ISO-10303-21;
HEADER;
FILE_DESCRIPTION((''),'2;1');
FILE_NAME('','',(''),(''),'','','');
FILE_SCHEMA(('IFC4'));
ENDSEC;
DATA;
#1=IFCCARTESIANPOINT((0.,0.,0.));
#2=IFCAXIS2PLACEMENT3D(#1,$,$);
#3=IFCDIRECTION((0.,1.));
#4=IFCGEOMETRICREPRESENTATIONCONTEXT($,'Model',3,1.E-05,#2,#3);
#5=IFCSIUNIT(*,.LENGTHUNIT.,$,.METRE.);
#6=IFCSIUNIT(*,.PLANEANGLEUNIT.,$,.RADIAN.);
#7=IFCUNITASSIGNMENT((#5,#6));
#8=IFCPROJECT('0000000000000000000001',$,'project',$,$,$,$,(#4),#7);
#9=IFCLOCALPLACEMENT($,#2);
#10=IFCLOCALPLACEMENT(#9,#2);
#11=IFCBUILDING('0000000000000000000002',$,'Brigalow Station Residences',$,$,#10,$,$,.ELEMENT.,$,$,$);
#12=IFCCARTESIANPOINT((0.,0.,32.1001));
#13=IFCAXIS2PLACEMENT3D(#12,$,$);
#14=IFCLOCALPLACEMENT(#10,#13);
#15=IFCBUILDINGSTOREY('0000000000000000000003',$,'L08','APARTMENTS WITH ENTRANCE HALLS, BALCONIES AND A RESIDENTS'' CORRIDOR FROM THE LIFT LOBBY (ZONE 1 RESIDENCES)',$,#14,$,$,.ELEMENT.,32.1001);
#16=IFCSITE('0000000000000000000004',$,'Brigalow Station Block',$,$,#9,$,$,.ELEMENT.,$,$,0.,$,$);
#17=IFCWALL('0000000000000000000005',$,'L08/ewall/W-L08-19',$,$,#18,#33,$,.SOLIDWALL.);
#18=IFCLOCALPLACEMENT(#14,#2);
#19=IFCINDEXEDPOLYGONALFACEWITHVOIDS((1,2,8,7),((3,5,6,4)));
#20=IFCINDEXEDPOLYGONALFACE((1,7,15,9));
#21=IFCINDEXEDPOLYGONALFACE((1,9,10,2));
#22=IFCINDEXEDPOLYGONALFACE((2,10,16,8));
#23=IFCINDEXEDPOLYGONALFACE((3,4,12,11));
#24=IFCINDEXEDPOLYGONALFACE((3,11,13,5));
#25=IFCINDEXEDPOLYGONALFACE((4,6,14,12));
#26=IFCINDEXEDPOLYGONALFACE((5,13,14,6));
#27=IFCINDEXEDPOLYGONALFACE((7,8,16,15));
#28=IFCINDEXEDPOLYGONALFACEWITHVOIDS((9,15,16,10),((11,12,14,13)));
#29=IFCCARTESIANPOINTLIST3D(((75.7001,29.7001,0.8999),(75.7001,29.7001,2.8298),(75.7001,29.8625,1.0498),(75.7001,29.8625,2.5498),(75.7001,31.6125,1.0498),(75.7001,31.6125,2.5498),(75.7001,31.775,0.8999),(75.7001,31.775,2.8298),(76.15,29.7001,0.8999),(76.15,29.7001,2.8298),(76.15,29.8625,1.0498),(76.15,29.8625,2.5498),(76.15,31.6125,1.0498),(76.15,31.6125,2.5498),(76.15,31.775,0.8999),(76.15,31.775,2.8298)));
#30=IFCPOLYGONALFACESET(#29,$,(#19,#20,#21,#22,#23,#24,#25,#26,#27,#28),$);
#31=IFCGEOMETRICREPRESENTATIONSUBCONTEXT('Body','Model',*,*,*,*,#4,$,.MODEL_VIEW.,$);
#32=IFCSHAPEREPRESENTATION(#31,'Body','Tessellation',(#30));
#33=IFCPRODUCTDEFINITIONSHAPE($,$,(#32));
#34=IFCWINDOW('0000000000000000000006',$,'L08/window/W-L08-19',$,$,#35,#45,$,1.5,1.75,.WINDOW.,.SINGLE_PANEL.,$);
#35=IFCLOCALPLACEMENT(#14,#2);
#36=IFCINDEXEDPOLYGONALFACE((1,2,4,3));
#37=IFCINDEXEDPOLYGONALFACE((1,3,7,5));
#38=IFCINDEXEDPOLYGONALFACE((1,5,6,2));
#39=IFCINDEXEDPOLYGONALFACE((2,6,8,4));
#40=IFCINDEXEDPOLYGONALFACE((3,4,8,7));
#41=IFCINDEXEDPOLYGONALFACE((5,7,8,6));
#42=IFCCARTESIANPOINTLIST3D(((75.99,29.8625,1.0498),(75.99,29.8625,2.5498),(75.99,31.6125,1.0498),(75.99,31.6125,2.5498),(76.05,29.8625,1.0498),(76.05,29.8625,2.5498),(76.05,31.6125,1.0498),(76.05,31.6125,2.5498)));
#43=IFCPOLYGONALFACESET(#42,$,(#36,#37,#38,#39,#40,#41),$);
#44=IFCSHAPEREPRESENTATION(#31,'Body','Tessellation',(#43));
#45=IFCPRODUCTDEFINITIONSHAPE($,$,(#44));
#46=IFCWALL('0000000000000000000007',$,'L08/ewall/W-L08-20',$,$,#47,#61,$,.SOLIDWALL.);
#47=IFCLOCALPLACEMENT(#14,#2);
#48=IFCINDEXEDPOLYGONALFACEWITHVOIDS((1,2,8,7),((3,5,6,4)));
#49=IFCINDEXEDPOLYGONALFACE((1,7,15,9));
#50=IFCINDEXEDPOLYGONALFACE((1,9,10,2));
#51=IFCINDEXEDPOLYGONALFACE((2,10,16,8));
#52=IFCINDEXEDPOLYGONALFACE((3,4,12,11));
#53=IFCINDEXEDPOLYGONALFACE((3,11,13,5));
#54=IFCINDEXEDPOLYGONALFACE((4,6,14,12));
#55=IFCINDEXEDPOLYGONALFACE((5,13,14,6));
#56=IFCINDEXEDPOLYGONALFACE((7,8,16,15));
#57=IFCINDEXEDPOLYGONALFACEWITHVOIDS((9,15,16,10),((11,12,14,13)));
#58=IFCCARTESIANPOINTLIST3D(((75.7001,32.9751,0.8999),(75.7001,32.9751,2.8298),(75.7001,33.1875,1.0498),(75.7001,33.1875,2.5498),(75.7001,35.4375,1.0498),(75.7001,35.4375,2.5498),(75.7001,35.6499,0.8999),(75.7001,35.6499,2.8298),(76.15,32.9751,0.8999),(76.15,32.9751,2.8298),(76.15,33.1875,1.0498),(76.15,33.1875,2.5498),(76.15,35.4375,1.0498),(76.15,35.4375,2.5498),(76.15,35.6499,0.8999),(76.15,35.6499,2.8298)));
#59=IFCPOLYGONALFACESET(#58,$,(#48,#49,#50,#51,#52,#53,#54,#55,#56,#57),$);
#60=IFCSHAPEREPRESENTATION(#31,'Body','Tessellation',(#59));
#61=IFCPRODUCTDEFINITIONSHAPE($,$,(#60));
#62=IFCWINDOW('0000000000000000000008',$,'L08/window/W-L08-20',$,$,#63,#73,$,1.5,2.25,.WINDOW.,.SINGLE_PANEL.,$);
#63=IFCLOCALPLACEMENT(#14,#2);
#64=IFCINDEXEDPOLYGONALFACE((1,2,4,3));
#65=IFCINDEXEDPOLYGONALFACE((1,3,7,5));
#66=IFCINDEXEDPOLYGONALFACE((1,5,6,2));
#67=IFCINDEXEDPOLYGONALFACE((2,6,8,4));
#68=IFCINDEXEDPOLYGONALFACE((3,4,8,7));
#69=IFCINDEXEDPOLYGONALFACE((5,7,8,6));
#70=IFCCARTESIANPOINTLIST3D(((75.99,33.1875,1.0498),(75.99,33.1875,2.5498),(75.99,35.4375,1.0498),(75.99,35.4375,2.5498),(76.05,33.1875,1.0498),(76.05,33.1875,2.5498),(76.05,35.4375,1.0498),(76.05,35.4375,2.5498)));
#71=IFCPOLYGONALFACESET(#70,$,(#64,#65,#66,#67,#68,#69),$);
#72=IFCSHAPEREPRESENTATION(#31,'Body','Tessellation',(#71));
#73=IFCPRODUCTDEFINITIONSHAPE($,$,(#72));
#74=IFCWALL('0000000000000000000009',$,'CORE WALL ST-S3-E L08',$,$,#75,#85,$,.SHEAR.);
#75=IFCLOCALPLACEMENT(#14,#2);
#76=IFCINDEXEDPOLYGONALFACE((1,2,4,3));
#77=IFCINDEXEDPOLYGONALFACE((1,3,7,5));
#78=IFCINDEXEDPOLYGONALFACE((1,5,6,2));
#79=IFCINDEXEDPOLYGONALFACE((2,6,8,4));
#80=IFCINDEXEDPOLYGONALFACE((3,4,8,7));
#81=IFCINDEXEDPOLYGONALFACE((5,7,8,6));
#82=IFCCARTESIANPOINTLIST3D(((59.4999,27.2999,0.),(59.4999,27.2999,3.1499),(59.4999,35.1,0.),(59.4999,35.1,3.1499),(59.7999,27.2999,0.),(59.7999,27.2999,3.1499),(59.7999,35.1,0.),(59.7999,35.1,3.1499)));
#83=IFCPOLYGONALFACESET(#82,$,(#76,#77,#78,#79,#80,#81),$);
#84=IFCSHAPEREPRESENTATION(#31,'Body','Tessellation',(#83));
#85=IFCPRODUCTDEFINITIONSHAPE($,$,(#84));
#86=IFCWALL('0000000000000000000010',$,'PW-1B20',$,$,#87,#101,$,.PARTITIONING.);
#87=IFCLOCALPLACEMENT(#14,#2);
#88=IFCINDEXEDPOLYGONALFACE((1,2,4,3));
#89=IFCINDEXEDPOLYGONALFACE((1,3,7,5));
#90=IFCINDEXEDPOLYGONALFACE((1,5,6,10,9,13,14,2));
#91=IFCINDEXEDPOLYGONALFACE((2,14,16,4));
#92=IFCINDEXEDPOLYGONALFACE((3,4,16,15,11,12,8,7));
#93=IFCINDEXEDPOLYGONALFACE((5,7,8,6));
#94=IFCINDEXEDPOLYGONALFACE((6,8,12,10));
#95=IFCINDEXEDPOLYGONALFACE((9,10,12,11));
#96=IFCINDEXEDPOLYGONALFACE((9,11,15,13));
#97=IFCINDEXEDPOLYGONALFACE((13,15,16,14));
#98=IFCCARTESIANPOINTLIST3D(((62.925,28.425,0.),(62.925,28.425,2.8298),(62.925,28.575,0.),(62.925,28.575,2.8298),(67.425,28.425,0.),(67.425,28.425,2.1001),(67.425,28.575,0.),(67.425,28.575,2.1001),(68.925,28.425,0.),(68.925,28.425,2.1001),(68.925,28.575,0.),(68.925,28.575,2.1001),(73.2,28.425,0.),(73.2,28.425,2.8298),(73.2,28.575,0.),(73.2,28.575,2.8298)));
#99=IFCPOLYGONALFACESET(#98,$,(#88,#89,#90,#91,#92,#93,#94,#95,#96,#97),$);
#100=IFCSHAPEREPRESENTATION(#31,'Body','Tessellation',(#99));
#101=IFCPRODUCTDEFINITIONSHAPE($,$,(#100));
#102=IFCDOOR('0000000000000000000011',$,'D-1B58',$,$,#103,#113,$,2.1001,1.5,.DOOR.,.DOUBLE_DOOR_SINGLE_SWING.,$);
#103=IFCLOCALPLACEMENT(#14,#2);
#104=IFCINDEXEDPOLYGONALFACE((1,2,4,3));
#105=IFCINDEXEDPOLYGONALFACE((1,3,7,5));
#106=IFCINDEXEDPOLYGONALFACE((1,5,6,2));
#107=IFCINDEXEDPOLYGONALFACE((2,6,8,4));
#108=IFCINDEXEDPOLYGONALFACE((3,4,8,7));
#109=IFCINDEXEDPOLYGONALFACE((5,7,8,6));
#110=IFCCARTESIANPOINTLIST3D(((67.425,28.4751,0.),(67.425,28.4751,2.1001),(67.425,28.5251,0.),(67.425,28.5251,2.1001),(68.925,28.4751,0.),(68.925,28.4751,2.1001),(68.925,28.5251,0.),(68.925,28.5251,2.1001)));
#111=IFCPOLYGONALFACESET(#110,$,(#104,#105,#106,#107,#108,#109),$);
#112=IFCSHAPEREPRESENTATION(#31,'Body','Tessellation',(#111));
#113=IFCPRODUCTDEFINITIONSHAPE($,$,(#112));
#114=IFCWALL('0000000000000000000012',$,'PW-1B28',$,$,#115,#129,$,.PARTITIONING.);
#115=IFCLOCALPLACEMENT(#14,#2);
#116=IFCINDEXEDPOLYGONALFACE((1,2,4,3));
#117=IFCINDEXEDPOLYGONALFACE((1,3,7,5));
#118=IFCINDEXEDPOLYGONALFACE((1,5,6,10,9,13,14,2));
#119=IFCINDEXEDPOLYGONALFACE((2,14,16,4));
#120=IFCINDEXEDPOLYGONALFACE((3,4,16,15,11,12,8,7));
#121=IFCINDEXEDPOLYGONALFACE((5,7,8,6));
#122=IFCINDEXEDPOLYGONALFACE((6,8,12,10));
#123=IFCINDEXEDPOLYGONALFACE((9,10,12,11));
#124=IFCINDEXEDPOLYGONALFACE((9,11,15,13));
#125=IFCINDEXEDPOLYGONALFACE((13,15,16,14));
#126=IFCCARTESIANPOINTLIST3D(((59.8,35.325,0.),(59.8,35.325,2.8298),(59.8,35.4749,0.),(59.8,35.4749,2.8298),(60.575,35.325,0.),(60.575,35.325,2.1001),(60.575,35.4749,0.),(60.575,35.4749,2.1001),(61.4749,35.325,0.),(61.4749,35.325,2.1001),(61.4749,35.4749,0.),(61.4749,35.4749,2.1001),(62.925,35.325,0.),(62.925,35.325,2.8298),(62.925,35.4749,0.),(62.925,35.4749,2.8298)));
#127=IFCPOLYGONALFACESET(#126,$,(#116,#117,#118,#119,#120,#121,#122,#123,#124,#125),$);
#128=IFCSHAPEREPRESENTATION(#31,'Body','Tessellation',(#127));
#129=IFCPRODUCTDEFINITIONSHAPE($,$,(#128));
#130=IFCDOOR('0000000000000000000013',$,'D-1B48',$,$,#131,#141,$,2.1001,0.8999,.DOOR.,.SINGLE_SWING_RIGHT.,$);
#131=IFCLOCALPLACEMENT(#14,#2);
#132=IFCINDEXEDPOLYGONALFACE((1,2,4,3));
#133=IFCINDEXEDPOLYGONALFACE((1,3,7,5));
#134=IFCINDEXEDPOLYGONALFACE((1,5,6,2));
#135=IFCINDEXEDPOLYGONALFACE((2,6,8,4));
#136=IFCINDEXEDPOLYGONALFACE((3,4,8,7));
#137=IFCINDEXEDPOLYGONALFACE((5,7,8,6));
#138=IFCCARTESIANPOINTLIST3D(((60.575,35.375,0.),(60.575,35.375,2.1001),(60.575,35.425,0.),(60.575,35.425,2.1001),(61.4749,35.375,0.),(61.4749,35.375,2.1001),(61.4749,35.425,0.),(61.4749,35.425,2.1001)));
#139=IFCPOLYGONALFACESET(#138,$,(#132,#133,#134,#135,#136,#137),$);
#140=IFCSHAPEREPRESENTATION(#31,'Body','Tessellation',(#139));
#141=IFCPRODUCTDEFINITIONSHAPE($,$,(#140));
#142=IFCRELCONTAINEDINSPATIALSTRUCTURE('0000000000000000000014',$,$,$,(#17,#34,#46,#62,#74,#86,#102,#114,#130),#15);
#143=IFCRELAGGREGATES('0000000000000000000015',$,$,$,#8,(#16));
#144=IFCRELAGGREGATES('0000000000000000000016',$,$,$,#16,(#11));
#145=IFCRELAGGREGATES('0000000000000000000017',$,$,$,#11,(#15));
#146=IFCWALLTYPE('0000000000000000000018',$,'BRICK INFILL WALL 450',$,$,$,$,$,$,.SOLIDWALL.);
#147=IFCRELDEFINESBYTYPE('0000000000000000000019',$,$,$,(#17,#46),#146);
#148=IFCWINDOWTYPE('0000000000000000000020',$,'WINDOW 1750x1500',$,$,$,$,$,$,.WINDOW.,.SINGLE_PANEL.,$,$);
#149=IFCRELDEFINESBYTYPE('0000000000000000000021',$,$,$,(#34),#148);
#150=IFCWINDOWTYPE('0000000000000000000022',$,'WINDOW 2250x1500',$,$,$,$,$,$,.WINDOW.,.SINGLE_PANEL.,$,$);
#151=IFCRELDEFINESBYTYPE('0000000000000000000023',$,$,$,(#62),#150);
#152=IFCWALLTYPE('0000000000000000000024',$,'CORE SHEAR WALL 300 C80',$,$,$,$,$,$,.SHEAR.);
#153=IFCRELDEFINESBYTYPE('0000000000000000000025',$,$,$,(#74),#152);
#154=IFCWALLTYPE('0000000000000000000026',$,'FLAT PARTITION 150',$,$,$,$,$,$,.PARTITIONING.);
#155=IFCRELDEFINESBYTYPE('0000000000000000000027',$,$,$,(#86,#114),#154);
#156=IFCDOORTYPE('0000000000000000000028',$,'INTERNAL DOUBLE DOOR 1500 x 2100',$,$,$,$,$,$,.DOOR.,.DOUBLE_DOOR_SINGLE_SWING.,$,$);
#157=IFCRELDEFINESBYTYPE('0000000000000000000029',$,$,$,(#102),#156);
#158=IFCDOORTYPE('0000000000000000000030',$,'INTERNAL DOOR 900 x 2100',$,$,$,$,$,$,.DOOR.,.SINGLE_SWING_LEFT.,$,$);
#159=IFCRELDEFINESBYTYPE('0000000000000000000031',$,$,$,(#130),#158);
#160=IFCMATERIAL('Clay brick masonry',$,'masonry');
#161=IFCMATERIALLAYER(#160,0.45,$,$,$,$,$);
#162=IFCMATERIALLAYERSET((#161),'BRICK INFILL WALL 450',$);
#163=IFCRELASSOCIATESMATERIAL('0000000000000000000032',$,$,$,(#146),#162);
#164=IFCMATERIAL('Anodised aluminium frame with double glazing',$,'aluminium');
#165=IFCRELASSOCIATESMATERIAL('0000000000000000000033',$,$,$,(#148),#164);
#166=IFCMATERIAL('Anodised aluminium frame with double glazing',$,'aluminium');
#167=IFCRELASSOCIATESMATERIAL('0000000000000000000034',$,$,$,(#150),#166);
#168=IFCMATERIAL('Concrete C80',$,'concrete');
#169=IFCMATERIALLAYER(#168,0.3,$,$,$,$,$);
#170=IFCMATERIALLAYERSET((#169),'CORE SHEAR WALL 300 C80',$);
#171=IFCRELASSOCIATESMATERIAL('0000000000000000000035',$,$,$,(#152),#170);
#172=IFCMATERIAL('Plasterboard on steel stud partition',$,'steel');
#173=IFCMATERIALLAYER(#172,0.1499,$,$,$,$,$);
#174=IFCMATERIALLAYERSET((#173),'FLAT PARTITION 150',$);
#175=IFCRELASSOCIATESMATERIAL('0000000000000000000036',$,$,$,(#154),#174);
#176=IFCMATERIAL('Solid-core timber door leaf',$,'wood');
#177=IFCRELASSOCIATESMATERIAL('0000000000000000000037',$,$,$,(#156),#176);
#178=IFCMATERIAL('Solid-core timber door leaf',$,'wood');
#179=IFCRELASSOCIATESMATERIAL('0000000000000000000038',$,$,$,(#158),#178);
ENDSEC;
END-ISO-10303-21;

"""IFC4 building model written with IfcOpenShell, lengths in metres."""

from ifc_helpers import new_model, si_unit, direction, frame, frame_2d, origin, place, context, subcontext, project, spatial, rectangle, extrude, material, layer, layer_set, type_object, element, fill, save


model = new_model("IFC4")

# Units and contexts
model_context = context("Model", 3, precision=1e-05, world=origin(), true_north=direction((0.0, 1.0)))
body_context = subcontext(model_context, "Body", "Model", "MODEL_VIEW")
ifc_project = project(units=[si_unit("LENGTHUNIT", "METRE"), si_unit("PLANEANGLEUNIT", "RADIAN")], contexts=[model_context])

# Site, building, storey
site_placement = place(None, origin())
site = spatial("IfcSite", under=ifc_project, at=site_placement, Name="Brigalow Station Block", CompositionType="ELEMENT", RefElevation=0.0)
building_placement = place(site_placement, origin())
building = spatial("IfcBuilding", under=site, at=building_placement, Name="Brigalow Station Residences", CompositionType="ELEMENT")
storey_placement = place(building_placement, frame((0.0, 0.0, 32.1001)))
storey = spatial("IfcBuildingStorey", under=building, at=storey_placement, Name="L08", Description="APARTMENTS WITH ENTRANCE HALLS, BALCONIES AND A RESIDENTS' CORRIDOR FROM THE LIFT LOBBY (ZONE 1 RESIDENCES)", CompositionType="ELEMENT", Elevation=32.1001)

# Shared definitions
ifc_material_1 = material(Name="Clay brick masonry", Category="masonry")
ifc_layer_1 = layer(ifc_material_1, 0.45)
ifc_layer_set_1 = layer_set([ifc_layer_1], Name="BRICK INFILL WALL 450")
wall_type_1 = type_object("IfcWallType", Name="BRICK INFILL WALL 450", PredefinedType="SOLIDWALL", material=ifc_layer_set_1)

# Walls, openings, windows
wall_1_placement = place(storey_placement, frame((75.925, 29.7, 0.8999), z_axis=(0.0, 0.0, 1.0), x_axis=(0.0, 1.0, 0.0)))
wall_1 = element("IfcWall", 1, at=wall_1_placement, inside=storey, type_object=wall_type_1, Name="L08/ewall/W-L08-19", PredefinedType="SOLIDWALL", context=body_context, shape_type="SweptSolid", body=[
    extrude(rectangle(XDim=2.075, YDim=0.45, at=frame_2d((1.0376, 0.0))), origin(), (0.0, 0.0, 1.0), 1.9299),
])
opening_1_placement = place(wall_1_placement, frame((0.1626, 0.0, 0.1499)))
opening_1 = element("IfcOpeningElement", 2, at=opening_1_placement, cuts=wall_1, PredefinedType="OPENING", context=body_context, shape_type="SweptSolid", body=[
    extrude(rectangle(XDim=1.75, YDim=1.5, at=frame_2d((0.875, 0.75))), frame((0.0, 0.2349, 0.0), z_axis=(0.0, -1.0, 0.0), x_axis=(1.0, 0.0, 0.0)), (0.0, 0.0, 1.0), 0.47),
])
ifc_material_2 = material(Name="Anodised aluminium frame with double glazing", Category="aluminium")
window_type_1 = type_object("IfcWindowType", Name="WINDOW 1750x1500", PartitioningType="SINGLE_PANEL", PredefinedType="WINDOW", material=ifc_material_2)
window_1_placement = place(opening_1_placement, origin())
window_1 = element("IfcWindow", 3, at=window_1_placement, inside=storey, type_object=window_type_1, Name="L08/window/W-L08-19", OverallHeight=1.5, OverallWidth=1.75, PartitioningType="SINGLE_PANEL", PredefinedType="WINDOW", context=body_context, shape_type="SweptSolid", body=[
    extrude(rectangle(XDim=1.75, YDim=1.5, at=frame_2d((0.875, 0.75))), frame((0.0, -0.0649, 0.0), z_axis=(0.0, -1.0, 0.0), x_axis=(1.0, 0.0, 0.0)), (0.0, 0.0, 1.0), 0.0601),
])
fill(opening_1, window_1)
wall_2_placement = place(storey_placement, frame((75.925, 32.9751, 0.8999), z_axis=(0.0, 0.0, 1.0), x_axis=(0.0, 1.0, 0.0)))
wall_2 = element("IfcWall", 4, at=wall_2_placement, inside=storey, type_object=wall_type_1, Name="L08/ewall/W-L08-20", PredefinedType="SOLIDWALL", context=body_context, shape_type="SweptSolid", body=[
    extrude(rectangle(XDim=2.6748, YDim=0.45, at=frame_2d((1.3374, 0.0))), origin(), (0.0, 0.0, 1.0), 1.9299),
])
opening_2_placement = place(wall_2_placement, frame((0.2124, 0.0, 0.1499)))
opening_2 = element("IfcOpeningElement", 5, at=opening_2_placement, cuts=wall_2, PredefinedType="OPENING", context=body_context, shape_type="SweptSolid", body=[
    extrude(rectangle(XDim=2.25, YDim=1.5, at=frame_2d((1.125, 0.75))), frame((0.0, 0.2349, 0.0), z_axis=(0.0, -1.0, 0.0), x_axis=(1.0, 0.0, 0.0)), (0.0, 0.0, 1.0), 0.47),
])
ifc_material_3 = material(Name="Anodised aluminium frame with double glazing", Category="aluminium")
window_type_2 = type_object("IfcWindowType", Name="WINDOW 2250x1500", PartitioningType="SINGLE_PANEL", PredefinedType="WINDOW", material=ifc_material_3)
window_2_placement = place(opening_2_placement, origin())
window_2 = element("IfcWindow", 6, at=window_2_placement, inside=storey, type_object=window_type_2, Name="L08/window/W-L08-20", OverallHeight=1.5, OverallWidth=2.25, PartitioningType="SINGLE_PANEL", PredefinedType="WINDOW", context=body_context, shape_type="SweptSolid", body=[
    extrude(rectangle(XDim=2.25, YDim=1.5, at=frame_2d((1.125, 0.75))), frame((0.0, -0.0649, 0.0), z_axis=(0.0, -1.0, 0.0), x_axis=(1.0, 0.0, 0.0)), (0.0, 0.0, 1.0), 0.0601),
])
fill(opening_2, window_2)

# Wall
ifc_material_4 = material(Name="Concrete C80", Category="concrete")
ifc_layer_2 = layer(ifc_material_4, 0.3)
ifc_layer_set_2 = layer_set([ifc_layer_2], Name="CORE SHEAR WALL 300 C80")
wall_type_2 = type_object("IfcWallType", Name="CORE SHEAR WALL 300 C80", PredefinedType="SHEAR", material=ifc_layer_set_2)
wall_3_placement = place(storey_placement, frame((59.6499, 27.3, 0.0), z_axis=(0.0, 0.0, 1.0), x_axis=(0.0, 1.0, 0.0)))
element("IfcWall", 7, at=wall_3_placement, inside=storey, type_object=wall_type_2, Name="CORE WALL ST-S3-E L08", PredefinedType="SHEAR", context=body_context, shape_type="SweptSolid", body=[
    extrude(rectangle(XDim=7.8, YDim=0.3, at=frame_2d((3.8999, 0.0))), origin(), (0.0, 0.0, 1.0), 3.1499),
])

# Walls, openings, doors
ifc_material_5 = material(Name="Plasterboard on steel stud partition", Category="steel")
ifc_layer_3 = layer(ifc_material_5, 0.1499)
ifc_layer_set_3 = layer_set([ifc_layer_3], Name="FLAT PARTITION 150")
wall_type_3 = type_object("IfcWallType", Name="FLAT PARTITION 150", PredefinedType="PARTITIONING", material=ifc_layer_set_3)
wall_4_placement = place(storey_placement, frame((62.925, 28.5, 0.0), z_axis=(0.0, 0.0, 1.0), x_axis=(1.0, 0.0, 0.0)))
wall_4 = element("IfcWall", 8, at=wall_4_placement, inside=storey, type_object=wall_type_3, Name="PW-1B20", PredefinedType="PARTITIONING", context=body_context, shape_type="SweptSolid", body=[
    extrude(rectangle(XDim=10.2749, YDim=0.1499, at=frame_2d((5.1375, 0.0))), origin(), (0.0, 0.0, 1.0), 2.8298),
])
opening_3_placement = place(wall_4_placement, frame((4.5, 0.0, 0.0)))
opening_3 = element("IfcOpeningElement", 9, at=opening_3_placement, cuts=wall_4, PredefinedType="OPENING", context=body_context, shape_type="SweptSolid", body=[
    extrude(rectangle(XDim=1.5, YDim=2.1001, at=frame_2d((0.75, 1.05))), frame((0.0, 0.085, 0.0), z_axis=(0.0, -1.0, 0.0), x_axis=(1.0, 0.0, 0.0)), (0.0, 0.0, 1.0), 0.1699),
])
ifc_material_6 = material(Name="Solid-core timber door leaf", Category="wood")
door_type_1 = type_object("IfcDoorType", Name="INTERNAL DOUBLE DOOR 1500 x 2100", OperationType="DOUBLE_DOOR_SINGLE_SWING", PredefinedType="DOOR", material=ifc_material_6)
door_1_placement = place(opening_3_placement, frame((1.5, 0.0, 0.0), z_axis=(0.0, 0.0, 1.0), x_axis=(-1.0, 0.0, 0.0)))
door_1 = element("IfcDoor", 10, at=door_1_placement, inside=storey, type_object=door_type_1, Name="D-1B58", OperationType="DOUBLE_DOOR_SINGLE_SWING", OverallHeight=2.1001, OverallWidth=1.5, PredefinedType="DOOR", context=body_context, shape_type="SweptSolid", body=[
    extrude(rectangle(XDim=1.5, YDim=2.1001, at=frame_2d((0.75, 1.05))), frame((0.0, 0.0249, 0.0), z_axis=(0.0, -1.0, 0.0), x_axis=(1.0, 0.0, 0.0)), (0.0, 0.0, 1.0), 0.05),
])
fill(opening_3, door_1)
wall_5_placement = place(storey_placement, frame((59.8, 35.3999, 0.0), z_axis=(0.0, 0.0, 1.0), x_axis=(1.0, 0.0, 0.0)))
wall_5 = element("IfcWall", 11, at=wall_5_placement, inside=storey, type_object=wall_type_3, Name="PW-1B28", PredefinedType="PARTITIONING", context=body_context, shape_type="SweptSolid", body=[
    extrude(rectangle(XDim=3.125, YDim=0.1499, at=frame_2d((1.5625, 0.0))), origin(), (0.0, 0.0, 1.0), 2.8298),
])
opening_4_placement = place(wall_5_placement, frame((0.7749, 0.0, 0.0)))
opening_4 = element("IfcOpeningElement", 12, at=opening_4_placement, cuts=wall_5, PredefinedType="OPENING", context=body_context, shape_type="SweptSolid", body=[
    extrude(rectangle(XDim=0.8999, YDim=2.1001, at=frame_2d((0.45, 1.05))), frame((0.0, 0.085, 0.0), z_axis=(0.0, -1.0, 0.0), x_axis=(1.0, 0.0, 0.0)), (0.0, 0.0, 1.0), 0.1699),
])
ifc_material_7 = material(Name="Solid-core timber door leaf", Category="wood")
door_type_2 = type_object("IfcDoorType", Name="INTERNAL DOOR 900 x 2100", OperationType="SINGLE_SWING_LEFT", PredefinedType="DOOR", material=ifc_material_7)
door_2_placement = place(opening_4_placement, frame((0.8999, 0.0, 0.0), z_axis=(0.0, 0.0, 1.0), x_axis=(-1.0, 0.0, 0.0)))
door_2 = element("IfcDoor", 13, at=door_2_placement, inside=storey, type_object=door_type_2, Name="D-1B48", OperationType="SINGLE_SWING_RIGHT", OverallHeight=2.1001, OverallWidth=0.8999, PredefinedType="DOOR", context=body_context, shape_type="SweptSolid", body=[
    extrude(rectangle(XDim=0.8999, YDim=2.1001, at=frame_2d((0.45, 1.05))), frame((0.0, 0.0249, 0.0), z_axis=(0.0, -1.0, 0.0), x_axis=(1.0, 0.0, 0.0)), (0.0, 0.0, 1.0), 0.05),
])
fill(opening_4, door_2)

save(model, "model.ifc")
